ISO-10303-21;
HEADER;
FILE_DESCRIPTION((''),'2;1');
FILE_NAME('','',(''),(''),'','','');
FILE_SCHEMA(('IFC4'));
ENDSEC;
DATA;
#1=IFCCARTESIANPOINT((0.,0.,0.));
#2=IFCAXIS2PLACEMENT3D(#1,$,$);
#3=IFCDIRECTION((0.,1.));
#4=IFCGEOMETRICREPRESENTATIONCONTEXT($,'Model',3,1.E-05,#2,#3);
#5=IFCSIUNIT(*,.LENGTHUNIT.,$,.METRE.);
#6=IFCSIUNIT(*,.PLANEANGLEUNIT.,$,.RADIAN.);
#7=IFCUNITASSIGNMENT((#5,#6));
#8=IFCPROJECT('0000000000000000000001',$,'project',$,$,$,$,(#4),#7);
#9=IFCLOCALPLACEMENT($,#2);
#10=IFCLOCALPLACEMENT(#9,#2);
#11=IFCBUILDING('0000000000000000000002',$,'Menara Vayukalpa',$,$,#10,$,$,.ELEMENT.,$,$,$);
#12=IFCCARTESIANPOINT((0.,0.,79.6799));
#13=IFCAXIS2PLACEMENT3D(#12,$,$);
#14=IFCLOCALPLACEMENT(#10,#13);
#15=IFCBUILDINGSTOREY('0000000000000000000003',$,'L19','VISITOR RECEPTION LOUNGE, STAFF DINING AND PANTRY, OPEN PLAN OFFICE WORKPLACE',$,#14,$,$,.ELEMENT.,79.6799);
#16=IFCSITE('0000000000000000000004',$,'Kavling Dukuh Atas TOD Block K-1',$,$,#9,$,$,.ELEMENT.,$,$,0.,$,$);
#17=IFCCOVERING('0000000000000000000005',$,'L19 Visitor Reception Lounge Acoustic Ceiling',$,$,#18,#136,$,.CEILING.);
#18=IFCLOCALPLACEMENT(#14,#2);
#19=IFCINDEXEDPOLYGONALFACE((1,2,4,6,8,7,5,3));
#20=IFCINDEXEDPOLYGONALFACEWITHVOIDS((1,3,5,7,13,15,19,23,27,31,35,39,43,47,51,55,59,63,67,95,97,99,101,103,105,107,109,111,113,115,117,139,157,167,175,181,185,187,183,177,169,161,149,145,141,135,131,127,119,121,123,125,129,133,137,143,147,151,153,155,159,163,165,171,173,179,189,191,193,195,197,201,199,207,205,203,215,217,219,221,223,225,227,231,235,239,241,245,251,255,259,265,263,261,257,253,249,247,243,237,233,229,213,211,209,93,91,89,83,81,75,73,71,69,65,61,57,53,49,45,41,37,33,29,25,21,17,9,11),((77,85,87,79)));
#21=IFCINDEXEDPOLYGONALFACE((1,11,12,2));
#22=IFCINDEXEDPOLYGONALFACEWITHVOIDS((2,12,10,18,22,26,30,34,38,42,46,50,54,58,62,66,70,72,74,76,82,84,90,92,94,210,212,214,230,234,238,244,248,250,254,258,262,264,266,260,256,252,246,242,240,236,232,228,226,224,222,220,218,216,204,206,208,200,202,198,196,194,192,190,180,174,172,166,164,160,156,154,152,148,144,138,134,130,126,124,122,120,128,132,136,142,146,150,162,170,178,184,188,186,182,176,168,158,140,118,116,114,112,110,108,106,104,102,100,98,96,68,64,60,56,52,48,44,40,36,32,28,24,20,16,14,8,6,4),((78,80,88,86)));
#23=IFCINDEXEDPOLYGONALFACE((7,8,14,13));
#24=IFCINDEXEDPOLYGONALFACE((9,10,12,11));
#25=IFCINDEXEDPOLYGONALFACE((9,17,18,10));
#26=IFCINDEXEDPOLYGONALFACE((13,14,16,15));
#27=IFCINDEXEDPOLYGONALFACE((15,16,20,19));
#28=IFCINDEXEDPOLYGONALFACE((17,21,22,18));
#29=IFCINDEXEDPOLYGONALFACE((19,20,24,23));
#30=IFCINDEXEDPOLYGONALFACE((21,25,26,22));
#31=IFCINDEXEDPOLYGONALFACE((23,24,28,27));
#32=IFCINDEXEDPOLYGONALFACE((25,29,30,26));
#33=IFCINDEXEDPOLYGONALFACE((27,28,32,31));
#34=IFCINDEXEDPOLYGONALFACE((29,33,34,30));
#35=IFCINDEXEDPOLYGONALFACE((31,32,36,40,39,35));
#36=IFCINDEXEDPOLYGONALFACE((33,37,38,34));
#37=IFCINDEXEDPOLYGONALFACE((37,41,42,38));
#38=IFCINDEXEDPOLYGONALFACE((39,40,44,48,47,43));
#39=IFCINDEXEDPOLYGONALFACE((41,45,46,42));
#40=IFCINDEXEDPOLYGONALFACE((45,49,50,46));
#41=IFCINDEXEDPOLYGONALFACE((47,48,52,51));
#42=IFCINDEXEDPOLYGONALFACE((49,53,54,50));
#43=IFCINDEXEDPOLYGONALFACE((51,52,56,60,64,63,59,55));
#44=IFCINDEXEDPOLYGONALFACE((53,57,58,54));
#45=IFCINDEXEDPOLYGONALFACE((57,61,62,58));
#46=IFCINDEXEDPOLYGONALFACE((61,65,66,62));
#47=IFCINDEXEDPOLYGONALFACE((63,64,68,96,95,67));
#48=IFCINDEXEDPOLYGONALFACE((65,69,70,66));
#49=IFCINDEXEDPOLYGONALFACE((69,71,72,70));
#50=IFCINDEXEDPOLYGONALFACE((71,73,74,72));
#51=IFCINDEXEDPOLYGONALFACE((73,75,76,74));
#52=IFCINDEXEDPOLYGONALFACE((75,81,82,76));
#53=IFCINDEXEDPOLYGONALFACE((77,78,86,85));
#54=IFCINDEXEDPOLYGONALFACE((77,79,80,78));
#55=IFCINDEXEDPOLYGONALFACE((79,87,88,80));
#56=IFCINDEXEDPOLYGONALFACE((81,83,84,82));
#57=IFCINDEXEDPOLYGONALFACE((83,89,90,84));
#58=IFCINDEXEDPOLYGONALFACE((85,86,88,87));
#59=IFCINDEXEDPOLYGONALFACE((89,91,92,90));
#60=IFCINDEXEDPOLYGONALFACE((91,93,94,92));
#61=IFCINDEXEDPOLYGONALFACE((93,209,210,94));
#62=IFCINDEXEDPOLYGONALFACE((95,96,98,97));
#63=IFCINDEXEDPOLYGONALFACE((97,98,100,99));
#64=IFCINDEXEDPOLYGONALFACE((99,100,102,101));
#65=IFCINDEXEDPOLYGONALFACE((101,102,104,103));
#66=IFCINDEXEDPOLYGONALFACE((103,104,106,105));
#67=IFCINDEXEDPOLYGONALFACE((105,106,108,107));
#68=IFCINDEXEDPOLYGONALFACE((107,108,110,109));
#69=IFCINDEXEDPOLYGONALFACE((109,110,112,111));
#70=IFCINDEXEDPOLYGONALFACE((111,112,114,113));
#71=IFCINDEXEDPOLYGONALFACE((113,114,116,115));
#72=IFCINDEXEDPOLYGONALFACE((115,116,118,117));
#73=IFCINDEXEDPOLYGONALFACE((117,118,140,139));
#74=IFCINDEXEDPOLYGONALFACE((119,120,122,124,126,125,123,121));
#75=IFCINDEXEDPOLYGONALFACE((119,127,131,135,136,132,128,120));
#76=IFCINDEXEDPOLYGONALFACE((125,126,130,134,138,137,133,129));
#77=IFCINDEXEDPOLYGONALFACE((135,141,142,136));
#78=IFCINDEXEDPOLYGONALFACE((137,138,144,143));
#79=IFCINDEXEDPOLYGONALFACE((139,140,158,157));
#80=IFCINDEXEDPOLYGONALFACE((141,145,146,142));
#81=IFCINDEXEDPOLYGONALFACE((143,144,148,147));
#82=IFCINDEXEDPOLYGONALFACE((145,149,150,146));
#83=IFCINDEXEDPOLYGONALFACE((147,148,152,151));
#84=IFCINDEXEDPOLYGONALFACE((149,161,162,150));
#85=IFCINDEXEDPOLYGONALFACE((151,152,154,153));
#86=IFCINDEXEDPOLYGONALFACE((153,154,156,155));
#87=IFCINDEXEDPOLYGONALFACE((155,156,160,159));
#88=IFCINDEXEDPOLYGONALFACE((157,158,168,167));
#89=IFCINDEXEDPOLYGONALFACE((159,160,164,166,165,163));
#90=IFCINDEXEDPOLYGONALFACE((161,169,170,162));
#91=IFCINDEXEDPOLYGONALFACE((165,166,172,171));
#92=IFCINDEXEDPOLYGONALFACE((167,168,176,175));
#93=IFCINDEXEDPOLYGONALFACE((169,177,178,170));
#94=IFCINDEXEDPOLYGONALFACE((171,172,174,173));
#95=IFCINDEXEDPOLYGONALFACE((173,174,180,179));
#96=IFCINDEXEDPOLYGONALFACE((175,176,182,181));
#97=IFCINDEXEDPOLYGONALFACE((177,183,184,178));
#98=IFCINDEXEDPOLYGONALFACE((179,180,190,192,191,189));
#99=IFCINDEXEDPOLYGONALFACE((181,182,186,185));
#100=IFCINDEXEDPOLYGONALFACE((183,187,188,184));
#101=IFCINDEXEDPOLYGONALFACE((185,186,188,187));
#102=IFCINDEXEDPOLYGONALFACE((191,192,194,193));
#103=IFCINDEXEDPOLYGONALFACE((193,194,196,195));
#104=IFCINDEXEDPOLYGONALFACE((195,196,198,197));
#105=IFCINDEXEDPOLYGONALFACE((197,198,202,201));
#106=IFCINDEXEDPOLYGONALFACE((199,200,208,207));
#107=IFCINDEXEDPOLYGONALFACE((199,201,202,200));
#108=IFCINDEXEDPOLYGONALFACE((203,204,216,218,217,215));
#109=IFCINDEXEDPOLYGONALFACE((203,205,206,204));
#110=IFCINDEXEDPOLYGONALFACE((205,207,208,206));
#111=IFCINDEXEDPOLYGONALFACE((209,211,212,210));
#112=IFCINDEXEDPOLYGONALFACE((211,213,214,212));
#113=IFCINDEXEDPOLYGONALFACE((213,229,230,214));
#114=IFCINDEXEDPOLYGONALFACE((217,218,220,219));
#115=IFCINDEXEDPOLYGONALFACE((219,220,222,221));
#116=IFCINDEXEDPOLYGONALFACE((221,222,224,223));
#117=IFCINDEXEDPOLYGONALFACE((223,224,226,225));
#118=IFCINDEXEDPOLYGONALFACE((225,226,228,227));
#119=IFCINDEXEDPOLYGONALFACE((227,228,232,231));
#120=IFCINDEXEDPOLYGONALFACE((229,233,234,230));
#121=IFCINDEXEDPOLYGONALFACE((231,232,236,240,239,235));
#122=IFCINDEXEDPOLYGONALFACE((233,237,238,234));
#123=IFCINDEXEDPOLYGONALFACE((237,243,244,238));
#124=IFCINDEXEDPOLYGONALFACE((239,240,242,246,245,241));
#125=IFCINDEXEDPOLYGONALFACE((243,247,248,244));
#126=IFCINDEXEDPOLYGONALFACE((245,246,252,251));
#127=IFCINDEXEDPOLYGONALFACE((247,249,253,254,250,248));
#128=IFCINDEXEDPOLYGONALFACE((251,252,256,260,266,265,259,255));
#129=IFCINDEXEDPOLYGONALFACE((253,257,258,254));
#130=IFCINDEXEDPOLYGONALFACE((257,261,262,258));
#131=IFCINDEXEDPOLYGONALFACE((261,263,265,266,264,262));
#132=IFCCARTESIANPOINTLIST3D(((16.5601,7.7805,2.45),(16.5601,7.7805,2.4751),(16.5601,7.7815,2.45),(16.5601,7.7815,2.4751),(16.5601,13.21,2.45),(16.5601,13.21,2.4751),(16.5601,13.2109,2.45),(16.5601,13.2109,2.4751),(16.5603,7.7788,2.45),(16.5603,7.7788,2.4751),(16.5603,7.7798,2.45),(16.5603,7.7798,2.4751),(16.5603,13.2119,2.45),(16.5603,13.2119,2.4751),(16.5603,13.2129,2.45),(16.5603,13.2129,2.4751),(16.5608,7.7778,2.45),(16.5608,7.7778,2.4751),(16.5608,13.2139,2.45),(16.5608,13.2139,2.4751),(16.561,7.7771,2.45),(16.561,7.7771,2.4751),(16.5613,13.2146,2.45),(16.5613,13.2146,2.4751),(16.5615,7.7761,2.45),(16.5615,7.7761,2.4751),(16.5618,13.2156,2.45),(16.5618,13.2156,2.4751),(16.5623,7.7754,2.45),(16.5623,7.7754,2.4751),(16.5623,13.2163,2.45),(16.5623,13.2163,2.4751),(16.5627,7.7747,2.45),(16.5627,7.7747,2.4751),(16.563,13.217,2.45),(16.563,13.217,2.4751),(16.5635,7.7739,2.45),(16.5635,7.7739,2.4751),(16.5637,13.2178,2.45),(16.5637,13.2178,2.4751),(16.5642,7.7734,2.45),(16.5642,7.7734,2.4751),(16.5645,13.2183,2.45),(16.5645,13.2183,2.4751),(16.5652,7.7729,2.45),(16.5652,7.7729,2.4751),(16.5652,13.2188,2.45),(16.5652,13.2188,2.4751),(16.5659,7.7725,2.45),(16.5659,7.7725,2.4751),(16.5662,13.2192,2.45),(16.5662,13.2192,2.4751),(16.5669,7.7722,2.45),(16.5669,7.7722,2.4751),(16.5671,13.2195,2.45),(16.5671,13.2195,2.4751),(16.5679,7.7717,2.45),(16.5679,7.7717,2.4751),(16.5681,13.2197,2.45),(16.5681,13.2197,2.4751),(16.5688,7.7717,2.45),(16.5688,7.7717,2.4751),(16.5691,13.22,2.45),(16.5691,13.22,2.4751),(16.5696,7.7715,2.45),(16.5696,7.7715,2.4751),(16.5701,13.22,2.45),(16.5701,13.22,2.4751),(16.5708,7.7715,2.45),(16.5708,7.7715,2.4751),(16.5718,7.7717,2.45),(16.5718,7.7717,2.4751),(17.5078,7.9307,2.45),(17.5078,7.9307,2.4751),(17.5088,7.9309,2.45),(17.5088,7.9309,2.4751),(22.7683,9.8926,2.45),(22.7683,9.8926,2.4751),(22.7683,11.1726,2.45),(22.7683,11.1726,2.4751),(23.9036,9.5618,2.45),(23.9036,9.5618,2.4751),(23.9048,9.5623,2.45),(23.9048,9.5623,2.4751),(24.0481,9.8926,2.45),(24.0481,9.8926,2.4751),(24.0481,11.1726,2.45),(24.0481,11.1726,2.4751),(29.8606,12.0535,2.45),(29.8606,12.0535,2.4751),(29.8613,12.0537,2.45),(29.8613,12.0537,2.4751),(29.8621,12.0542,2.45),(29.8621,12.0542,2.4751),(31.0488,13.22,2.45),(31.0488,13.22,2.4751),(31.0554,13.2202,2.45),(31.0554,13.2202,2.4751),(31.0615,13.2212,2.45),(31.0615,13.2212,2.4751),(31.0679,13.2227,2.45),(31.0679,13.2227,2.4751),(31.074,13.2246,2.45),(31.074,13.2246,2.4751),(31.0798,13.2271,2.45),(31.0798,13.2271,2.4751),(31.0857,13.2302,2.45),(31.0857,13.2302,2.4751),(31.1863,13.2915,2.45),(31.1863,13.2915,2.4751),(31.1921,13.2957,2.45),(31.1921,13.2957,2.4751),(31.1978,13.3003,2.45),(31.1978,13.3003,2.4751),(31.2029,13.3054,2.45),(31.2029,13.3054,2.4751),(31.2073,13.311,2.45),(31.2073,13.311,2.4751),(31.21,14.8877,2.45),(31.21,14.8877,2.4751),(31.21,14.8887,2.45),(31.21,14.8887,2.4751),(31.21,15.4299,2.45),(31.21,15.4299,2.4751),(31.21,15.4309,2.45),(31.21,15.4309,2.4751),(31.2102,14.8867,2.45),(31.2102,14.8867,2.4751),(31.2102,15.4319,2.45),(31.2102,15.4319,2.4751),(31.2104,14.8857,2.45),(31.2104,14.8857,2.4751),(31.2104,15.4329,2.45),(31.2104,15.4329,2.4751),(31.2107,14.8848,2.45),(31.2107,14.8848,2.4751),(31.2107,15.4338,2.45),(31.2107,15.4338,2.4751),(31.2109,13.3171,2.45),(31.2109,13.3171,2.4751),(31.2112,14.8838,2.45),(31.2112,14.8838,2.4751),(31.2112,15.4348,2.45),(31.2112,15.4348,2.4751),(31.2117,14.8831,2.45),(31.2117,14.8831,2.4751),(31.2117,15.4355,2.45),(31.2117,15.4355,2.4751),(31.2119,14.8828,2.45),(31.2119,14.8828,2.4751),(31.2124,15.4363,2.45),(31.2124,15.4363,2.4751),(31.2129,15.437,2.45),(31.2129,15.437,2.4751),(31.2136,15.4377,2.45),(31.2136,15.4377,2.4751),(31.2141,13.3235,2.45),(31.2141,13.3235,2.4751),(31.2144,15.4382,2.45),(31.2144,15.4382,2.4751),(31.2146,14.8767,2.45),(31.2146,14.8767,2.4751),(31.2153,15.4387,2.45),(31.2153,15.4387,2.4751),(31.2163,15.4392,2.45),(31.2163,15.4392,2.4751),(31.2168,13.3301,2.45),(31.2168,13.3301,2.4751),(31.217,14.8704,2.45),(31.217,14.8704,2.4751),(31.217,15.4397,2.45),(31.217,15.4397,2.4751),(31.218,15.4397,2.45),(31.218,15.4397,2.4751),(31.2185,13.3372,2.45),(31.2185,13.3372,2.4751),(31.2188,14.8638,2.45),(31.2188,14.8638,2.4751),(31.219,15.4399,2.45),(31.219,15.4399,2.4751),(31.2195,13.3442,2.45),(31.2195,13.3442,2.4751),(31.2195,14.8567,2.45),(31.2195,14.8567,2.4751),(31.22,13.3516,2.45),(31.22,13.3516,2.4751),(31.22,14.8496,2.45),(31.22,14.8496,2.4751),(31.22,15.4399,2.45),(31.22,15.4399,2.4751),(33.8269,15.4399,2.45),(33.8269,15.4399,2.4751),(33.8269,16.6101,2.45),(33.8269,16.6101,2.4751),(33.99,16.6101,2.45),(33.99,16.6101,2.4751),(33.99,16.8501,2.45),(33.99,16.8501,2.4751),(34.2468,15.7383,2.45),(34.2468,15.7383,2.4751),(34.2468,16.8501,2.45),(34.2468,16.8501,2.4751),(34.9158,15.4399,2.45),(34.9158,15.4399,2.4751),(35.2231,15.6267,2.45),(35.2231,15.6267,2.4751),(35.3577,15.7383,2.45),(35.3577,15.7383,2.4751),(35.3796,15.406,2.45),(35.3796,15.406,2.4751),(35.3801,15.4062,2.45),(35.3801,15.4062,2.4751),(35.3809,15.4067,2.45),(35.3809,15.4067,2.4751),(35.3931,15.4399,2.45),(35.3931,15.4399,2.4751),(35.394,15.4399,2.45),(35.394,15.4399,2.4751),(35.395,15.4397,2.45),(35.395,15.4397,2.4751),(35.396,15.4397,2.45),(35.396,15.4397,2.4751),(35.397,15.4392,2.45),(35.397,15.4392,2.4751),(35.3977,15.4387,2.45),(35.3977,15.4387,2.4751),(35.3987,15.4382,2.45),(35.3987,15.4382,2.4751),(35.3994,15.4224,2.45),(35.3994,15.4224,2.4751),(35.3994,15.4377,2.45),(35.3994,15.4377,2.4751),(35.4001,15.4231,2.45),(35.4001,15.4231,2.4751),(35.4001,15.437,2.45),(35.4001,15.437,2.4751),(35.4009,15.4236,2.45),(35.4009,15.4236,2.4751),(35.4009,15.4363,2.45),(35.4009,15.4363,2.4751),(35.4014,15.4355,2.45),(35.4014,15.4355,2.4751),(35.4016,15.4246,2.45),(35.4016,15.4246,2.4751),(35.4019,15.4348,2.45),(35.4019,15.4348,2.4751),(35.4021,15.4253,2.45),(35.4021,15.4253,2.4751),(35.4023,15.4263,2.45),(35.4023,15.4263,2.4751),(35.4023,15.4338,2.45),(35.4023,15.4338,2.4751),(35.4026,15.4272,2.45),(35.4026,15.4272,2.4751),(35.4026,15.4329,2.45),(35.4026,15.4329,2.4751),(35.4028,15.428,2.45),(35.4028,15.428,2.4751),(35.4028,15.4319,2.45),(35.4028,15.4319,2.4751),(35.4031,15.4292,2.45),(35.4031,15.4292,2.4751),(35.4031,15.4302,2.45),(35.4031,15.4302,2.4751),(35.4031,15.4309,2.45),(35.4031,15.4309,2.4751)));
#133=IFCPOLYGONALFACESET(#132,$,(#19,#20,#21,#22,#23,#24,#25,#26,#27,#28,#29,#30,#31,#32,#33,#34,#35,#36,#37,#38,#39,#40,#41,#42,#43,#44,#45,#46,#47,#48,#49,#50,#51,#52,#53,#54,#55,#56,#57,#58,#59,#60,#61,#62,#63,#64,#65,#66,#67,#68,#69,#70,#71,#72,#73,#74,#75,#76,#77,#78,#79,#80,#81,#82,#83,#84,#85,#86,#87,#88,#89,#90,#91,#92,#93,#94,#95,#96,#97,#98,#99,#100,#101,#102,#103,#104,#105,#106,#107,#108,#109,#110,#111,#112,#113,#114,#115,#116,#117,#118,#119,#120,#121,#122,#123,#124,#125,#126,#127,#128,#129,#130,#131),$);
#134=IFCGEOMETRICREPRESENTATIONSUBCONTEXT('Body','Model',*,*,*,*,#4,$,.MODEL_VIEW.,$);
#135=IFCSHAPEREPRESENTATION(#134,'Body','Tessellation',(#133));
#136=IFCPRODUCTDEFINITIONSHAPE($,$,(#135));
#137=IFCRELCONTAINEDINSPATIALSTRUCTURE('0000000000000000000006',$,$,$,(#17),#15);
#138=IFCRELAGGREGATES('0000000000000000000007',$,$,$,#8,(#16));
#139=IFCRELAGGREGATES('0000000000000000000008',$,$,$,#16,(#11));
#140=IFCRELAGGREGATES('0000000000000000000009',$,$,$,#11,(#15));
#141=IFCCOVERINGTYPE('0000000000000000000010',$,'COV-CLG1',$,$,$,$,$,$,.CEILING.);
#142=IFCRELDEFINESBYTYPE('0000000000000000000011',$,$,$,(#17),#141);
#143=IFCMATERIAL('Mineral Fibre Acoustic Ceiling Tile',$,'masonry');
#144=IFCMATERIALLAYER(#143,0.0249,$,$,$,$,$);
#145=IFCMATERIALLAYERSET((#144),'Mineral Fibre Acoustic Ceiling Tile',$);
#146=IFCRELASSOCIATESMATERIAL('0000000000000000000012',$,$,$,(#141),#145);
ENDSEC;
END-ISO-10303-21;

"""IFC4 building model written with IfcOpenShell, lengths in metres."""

from ifc_helpers import new_model, si_unit, direction, frame, origin, place, context, subcontext, project, spatial, polyline, outline, extrude, material, layer, layer_set, type_object, element, save


model = new_model("IFC4")

# Units and contexts
model_context = context("Model", 3, precision=1e-05, world=origin(), true_north=direction((0.0, 1.0)))
body_context = subcontext(model_context, "Body", "Model", "MODEL_VIEW")
ifc_project = project(units=[si_unit("LENGTHUNIT", "METRE"), si_unit("PLANEANGLEUNIT", "RADIAN")], contexts=[model_context])

# Site, building, storey
site_placement = place(None, origin())
site = spatial("IfcSite", under=ifc_project, at=site_placement, Name="Kavling Dukuh Atas TOD Block K-1", CompositionType="ELEMENT", RefElevation=0.0)
building_placement = place(site_placement, origin())
building = spatial("IfcBuilding", under=site, at=building_placement, Name="Menara Vayukalpa", CompositionType="ELEMENT")
storey_placement = place(building_placement, frame((0.0, 0.0, 79.6799)))
storey = spatial("IfcBuildingStorey", under=building, at=storey_placement, Name="L19", Description="VISITOR RECEPTION LOUNGE, STAFF DINING AND PANTRY, OPEN PLAN OFFICE WORKPLACE", CompositionType="ELEMENT", Elevation=79.6799)

# Covering
ifc_material_1 = material(Name="Mineral Fibre Acoustic Ceiling Tile", Category="masonry")
ifc_layer_1 = layer(ifc_material_1, 0.0249)
ifc_layer_set_1 = layer_set([ifc_layer_1], Name="Mineral Fibre Acoustic Ceiling Tile")
covering_type_1 = type_object("IfcCoveringType", Name="COV-CLG1", PredefinedType="CEILING", material=ifc_layer_set_1)
covering_1_placement = place(storey_placement, frame((0.0, 0.0, 2.45)))
element("IfcCovering", 1, at=covering_1_placement, inside=storey, type_object=covering_type_1, Name="L19 Visitor Reception Lounge Acoustic Ceiling", PredefinedType="CEILING", context=body_context, shape_type="SweptSolid", body=[
    extrude(outline(polyline([(23.9048, 9.5623), (23.9036, 9.5618), (17.5088, 7.9309), (17.5078, 7.9307), (16.5718, 7.7717), (16.5708, 7.7715), (16.5696, 7.7715), (16.5688, 7.7717), (16.5679, 7.7717), (16.5669, 7.7722), (16.5659, 7.7725), (16.5652, 7.7729), (16.5642, 7.7734), (16.5635, 7.7739), (16.5627, 7.7747), (16.5623, 7.7754), (16.5615, 7.7761), (16.561, 7.7771), (16.5608, 7.7778), (16.5603, 7.7788), (16.5603, 7.7798), (16.5601, 7.7805), (16.5601, 7.7815), (16.5601, 13.21), (16.5601, 13.2109), (16.5603, 13.2119), (16.5603, 13.2129), (16.5608, 13.2139), (16.5613, 13.2146), (16.5618, 13.2156), (16.5623, 13.2163), (16.563, 13.217), (16.5637, 13.2178), (16.5645, 13.2183), (16.5652, 13.2188), (16.5662, 13.2192), (16.5671, 13.2195), (16.5681, 13.2197), (16.5691, 13.22), (16.5701, 13.22), (31.0488, 13.22), (31.0554, 13.2202), (31.0615, 13.2212), (31.0679, 13.2227), (31.074, 13.2246), (31.0798, 13.2271), (31.0857, 13.2302), (31.1863, 13.2915), (31.1921, 13.2957), (31.1978, 13.3003), (31.2029, 13.3054), (31.2073, 13.311), (31.2109, 13.3171), (31.2141, 13.3235), (31.2168, 13.3301), (31.2185, 13.3372), (31.2195, 13.3442), (31.22, 13.3516), (31.22, 14.8496), (31.2195, 14.8567), (31.2188, 14.8638), (31.217, 14.8704), (31.2146, 14.8767), (31.2119, 14.8828), (31.2117, 14.8831), (31.2112, 14.8838), (31.2107, 14.8848), (31.2104, 14.8857), (31.2102, 14.8867), (31.21, 14.8877), (31.21, 14.8887), (31.21, 15.4299), (31.21, 15.4309), (31.2102, 15.4319), (31.2104, 15.4329), (31.2107, 15.4338), (31.2112, 15.4348), (31.2117, 15.4355), (31.2124, 15.4363), (31.2129, 15.437), (31.2136, 15.4377), (31.2144, 15.4382), (31.2153, 15.4387), (31.2163, 15.4392), (31.217, 15.4397), (31.218, 15.4397), (31.219, 15.4399), (31.22, 15.4399), (33.8269, 15.4399), (33.8269, 16.6101), (33.99, 16.6101), (33.99, 16.8501), (34.2468, 16.8501), (34.2468, 15.7383), (35.3577, 15.7383), (35.2231, 15.6267), (34.9158, 15.4399), (35.3931, 15.4399), (35.394, 15.4399), (35.395, 15.4397), (35.396, 15.4397), (35.397, 15.4392), (35.3977, 15.4387), (35.3987, 15.4382), (35.3994, 15.4377), (35.4001, 15.437), (35.4009, 15.4363), (35.4014, 15.4355), (35.4019, 15.4348), (35.4023, 15.4338), (35.4026, 15.4329), (35.4028, 15.4319), (35.4031, 15.4309), (35.4031, 15.4302), (35.4031, 15.4292), (35.4028, 15.428), (35.4026, 15.4272), (35.4023, 15.4263), (35.4021, 15.4253), (35.4016, 15.4246), (35.4009, 15.4236), (35.4001, 15.4231), (35.3994, 15.4224), (35.3809, 15.4067), (35.3801, 15.4062), (35.3796, 15.406), (29.8621, 12.0542), (29.8613, 12.0537), (29.8606, 12.0535), (23.9048, 9.5623)]), holes=[polyline([(24.0481, 11.1726), (22.7683, 11.1726), (22.7683, 9.8926), (24.0481, 9.8926), (24.0481, 11.1726)])]), origin(), (0.0, 0.0, 1.0), 0.0251),
])

save(model, "model.ifc")
